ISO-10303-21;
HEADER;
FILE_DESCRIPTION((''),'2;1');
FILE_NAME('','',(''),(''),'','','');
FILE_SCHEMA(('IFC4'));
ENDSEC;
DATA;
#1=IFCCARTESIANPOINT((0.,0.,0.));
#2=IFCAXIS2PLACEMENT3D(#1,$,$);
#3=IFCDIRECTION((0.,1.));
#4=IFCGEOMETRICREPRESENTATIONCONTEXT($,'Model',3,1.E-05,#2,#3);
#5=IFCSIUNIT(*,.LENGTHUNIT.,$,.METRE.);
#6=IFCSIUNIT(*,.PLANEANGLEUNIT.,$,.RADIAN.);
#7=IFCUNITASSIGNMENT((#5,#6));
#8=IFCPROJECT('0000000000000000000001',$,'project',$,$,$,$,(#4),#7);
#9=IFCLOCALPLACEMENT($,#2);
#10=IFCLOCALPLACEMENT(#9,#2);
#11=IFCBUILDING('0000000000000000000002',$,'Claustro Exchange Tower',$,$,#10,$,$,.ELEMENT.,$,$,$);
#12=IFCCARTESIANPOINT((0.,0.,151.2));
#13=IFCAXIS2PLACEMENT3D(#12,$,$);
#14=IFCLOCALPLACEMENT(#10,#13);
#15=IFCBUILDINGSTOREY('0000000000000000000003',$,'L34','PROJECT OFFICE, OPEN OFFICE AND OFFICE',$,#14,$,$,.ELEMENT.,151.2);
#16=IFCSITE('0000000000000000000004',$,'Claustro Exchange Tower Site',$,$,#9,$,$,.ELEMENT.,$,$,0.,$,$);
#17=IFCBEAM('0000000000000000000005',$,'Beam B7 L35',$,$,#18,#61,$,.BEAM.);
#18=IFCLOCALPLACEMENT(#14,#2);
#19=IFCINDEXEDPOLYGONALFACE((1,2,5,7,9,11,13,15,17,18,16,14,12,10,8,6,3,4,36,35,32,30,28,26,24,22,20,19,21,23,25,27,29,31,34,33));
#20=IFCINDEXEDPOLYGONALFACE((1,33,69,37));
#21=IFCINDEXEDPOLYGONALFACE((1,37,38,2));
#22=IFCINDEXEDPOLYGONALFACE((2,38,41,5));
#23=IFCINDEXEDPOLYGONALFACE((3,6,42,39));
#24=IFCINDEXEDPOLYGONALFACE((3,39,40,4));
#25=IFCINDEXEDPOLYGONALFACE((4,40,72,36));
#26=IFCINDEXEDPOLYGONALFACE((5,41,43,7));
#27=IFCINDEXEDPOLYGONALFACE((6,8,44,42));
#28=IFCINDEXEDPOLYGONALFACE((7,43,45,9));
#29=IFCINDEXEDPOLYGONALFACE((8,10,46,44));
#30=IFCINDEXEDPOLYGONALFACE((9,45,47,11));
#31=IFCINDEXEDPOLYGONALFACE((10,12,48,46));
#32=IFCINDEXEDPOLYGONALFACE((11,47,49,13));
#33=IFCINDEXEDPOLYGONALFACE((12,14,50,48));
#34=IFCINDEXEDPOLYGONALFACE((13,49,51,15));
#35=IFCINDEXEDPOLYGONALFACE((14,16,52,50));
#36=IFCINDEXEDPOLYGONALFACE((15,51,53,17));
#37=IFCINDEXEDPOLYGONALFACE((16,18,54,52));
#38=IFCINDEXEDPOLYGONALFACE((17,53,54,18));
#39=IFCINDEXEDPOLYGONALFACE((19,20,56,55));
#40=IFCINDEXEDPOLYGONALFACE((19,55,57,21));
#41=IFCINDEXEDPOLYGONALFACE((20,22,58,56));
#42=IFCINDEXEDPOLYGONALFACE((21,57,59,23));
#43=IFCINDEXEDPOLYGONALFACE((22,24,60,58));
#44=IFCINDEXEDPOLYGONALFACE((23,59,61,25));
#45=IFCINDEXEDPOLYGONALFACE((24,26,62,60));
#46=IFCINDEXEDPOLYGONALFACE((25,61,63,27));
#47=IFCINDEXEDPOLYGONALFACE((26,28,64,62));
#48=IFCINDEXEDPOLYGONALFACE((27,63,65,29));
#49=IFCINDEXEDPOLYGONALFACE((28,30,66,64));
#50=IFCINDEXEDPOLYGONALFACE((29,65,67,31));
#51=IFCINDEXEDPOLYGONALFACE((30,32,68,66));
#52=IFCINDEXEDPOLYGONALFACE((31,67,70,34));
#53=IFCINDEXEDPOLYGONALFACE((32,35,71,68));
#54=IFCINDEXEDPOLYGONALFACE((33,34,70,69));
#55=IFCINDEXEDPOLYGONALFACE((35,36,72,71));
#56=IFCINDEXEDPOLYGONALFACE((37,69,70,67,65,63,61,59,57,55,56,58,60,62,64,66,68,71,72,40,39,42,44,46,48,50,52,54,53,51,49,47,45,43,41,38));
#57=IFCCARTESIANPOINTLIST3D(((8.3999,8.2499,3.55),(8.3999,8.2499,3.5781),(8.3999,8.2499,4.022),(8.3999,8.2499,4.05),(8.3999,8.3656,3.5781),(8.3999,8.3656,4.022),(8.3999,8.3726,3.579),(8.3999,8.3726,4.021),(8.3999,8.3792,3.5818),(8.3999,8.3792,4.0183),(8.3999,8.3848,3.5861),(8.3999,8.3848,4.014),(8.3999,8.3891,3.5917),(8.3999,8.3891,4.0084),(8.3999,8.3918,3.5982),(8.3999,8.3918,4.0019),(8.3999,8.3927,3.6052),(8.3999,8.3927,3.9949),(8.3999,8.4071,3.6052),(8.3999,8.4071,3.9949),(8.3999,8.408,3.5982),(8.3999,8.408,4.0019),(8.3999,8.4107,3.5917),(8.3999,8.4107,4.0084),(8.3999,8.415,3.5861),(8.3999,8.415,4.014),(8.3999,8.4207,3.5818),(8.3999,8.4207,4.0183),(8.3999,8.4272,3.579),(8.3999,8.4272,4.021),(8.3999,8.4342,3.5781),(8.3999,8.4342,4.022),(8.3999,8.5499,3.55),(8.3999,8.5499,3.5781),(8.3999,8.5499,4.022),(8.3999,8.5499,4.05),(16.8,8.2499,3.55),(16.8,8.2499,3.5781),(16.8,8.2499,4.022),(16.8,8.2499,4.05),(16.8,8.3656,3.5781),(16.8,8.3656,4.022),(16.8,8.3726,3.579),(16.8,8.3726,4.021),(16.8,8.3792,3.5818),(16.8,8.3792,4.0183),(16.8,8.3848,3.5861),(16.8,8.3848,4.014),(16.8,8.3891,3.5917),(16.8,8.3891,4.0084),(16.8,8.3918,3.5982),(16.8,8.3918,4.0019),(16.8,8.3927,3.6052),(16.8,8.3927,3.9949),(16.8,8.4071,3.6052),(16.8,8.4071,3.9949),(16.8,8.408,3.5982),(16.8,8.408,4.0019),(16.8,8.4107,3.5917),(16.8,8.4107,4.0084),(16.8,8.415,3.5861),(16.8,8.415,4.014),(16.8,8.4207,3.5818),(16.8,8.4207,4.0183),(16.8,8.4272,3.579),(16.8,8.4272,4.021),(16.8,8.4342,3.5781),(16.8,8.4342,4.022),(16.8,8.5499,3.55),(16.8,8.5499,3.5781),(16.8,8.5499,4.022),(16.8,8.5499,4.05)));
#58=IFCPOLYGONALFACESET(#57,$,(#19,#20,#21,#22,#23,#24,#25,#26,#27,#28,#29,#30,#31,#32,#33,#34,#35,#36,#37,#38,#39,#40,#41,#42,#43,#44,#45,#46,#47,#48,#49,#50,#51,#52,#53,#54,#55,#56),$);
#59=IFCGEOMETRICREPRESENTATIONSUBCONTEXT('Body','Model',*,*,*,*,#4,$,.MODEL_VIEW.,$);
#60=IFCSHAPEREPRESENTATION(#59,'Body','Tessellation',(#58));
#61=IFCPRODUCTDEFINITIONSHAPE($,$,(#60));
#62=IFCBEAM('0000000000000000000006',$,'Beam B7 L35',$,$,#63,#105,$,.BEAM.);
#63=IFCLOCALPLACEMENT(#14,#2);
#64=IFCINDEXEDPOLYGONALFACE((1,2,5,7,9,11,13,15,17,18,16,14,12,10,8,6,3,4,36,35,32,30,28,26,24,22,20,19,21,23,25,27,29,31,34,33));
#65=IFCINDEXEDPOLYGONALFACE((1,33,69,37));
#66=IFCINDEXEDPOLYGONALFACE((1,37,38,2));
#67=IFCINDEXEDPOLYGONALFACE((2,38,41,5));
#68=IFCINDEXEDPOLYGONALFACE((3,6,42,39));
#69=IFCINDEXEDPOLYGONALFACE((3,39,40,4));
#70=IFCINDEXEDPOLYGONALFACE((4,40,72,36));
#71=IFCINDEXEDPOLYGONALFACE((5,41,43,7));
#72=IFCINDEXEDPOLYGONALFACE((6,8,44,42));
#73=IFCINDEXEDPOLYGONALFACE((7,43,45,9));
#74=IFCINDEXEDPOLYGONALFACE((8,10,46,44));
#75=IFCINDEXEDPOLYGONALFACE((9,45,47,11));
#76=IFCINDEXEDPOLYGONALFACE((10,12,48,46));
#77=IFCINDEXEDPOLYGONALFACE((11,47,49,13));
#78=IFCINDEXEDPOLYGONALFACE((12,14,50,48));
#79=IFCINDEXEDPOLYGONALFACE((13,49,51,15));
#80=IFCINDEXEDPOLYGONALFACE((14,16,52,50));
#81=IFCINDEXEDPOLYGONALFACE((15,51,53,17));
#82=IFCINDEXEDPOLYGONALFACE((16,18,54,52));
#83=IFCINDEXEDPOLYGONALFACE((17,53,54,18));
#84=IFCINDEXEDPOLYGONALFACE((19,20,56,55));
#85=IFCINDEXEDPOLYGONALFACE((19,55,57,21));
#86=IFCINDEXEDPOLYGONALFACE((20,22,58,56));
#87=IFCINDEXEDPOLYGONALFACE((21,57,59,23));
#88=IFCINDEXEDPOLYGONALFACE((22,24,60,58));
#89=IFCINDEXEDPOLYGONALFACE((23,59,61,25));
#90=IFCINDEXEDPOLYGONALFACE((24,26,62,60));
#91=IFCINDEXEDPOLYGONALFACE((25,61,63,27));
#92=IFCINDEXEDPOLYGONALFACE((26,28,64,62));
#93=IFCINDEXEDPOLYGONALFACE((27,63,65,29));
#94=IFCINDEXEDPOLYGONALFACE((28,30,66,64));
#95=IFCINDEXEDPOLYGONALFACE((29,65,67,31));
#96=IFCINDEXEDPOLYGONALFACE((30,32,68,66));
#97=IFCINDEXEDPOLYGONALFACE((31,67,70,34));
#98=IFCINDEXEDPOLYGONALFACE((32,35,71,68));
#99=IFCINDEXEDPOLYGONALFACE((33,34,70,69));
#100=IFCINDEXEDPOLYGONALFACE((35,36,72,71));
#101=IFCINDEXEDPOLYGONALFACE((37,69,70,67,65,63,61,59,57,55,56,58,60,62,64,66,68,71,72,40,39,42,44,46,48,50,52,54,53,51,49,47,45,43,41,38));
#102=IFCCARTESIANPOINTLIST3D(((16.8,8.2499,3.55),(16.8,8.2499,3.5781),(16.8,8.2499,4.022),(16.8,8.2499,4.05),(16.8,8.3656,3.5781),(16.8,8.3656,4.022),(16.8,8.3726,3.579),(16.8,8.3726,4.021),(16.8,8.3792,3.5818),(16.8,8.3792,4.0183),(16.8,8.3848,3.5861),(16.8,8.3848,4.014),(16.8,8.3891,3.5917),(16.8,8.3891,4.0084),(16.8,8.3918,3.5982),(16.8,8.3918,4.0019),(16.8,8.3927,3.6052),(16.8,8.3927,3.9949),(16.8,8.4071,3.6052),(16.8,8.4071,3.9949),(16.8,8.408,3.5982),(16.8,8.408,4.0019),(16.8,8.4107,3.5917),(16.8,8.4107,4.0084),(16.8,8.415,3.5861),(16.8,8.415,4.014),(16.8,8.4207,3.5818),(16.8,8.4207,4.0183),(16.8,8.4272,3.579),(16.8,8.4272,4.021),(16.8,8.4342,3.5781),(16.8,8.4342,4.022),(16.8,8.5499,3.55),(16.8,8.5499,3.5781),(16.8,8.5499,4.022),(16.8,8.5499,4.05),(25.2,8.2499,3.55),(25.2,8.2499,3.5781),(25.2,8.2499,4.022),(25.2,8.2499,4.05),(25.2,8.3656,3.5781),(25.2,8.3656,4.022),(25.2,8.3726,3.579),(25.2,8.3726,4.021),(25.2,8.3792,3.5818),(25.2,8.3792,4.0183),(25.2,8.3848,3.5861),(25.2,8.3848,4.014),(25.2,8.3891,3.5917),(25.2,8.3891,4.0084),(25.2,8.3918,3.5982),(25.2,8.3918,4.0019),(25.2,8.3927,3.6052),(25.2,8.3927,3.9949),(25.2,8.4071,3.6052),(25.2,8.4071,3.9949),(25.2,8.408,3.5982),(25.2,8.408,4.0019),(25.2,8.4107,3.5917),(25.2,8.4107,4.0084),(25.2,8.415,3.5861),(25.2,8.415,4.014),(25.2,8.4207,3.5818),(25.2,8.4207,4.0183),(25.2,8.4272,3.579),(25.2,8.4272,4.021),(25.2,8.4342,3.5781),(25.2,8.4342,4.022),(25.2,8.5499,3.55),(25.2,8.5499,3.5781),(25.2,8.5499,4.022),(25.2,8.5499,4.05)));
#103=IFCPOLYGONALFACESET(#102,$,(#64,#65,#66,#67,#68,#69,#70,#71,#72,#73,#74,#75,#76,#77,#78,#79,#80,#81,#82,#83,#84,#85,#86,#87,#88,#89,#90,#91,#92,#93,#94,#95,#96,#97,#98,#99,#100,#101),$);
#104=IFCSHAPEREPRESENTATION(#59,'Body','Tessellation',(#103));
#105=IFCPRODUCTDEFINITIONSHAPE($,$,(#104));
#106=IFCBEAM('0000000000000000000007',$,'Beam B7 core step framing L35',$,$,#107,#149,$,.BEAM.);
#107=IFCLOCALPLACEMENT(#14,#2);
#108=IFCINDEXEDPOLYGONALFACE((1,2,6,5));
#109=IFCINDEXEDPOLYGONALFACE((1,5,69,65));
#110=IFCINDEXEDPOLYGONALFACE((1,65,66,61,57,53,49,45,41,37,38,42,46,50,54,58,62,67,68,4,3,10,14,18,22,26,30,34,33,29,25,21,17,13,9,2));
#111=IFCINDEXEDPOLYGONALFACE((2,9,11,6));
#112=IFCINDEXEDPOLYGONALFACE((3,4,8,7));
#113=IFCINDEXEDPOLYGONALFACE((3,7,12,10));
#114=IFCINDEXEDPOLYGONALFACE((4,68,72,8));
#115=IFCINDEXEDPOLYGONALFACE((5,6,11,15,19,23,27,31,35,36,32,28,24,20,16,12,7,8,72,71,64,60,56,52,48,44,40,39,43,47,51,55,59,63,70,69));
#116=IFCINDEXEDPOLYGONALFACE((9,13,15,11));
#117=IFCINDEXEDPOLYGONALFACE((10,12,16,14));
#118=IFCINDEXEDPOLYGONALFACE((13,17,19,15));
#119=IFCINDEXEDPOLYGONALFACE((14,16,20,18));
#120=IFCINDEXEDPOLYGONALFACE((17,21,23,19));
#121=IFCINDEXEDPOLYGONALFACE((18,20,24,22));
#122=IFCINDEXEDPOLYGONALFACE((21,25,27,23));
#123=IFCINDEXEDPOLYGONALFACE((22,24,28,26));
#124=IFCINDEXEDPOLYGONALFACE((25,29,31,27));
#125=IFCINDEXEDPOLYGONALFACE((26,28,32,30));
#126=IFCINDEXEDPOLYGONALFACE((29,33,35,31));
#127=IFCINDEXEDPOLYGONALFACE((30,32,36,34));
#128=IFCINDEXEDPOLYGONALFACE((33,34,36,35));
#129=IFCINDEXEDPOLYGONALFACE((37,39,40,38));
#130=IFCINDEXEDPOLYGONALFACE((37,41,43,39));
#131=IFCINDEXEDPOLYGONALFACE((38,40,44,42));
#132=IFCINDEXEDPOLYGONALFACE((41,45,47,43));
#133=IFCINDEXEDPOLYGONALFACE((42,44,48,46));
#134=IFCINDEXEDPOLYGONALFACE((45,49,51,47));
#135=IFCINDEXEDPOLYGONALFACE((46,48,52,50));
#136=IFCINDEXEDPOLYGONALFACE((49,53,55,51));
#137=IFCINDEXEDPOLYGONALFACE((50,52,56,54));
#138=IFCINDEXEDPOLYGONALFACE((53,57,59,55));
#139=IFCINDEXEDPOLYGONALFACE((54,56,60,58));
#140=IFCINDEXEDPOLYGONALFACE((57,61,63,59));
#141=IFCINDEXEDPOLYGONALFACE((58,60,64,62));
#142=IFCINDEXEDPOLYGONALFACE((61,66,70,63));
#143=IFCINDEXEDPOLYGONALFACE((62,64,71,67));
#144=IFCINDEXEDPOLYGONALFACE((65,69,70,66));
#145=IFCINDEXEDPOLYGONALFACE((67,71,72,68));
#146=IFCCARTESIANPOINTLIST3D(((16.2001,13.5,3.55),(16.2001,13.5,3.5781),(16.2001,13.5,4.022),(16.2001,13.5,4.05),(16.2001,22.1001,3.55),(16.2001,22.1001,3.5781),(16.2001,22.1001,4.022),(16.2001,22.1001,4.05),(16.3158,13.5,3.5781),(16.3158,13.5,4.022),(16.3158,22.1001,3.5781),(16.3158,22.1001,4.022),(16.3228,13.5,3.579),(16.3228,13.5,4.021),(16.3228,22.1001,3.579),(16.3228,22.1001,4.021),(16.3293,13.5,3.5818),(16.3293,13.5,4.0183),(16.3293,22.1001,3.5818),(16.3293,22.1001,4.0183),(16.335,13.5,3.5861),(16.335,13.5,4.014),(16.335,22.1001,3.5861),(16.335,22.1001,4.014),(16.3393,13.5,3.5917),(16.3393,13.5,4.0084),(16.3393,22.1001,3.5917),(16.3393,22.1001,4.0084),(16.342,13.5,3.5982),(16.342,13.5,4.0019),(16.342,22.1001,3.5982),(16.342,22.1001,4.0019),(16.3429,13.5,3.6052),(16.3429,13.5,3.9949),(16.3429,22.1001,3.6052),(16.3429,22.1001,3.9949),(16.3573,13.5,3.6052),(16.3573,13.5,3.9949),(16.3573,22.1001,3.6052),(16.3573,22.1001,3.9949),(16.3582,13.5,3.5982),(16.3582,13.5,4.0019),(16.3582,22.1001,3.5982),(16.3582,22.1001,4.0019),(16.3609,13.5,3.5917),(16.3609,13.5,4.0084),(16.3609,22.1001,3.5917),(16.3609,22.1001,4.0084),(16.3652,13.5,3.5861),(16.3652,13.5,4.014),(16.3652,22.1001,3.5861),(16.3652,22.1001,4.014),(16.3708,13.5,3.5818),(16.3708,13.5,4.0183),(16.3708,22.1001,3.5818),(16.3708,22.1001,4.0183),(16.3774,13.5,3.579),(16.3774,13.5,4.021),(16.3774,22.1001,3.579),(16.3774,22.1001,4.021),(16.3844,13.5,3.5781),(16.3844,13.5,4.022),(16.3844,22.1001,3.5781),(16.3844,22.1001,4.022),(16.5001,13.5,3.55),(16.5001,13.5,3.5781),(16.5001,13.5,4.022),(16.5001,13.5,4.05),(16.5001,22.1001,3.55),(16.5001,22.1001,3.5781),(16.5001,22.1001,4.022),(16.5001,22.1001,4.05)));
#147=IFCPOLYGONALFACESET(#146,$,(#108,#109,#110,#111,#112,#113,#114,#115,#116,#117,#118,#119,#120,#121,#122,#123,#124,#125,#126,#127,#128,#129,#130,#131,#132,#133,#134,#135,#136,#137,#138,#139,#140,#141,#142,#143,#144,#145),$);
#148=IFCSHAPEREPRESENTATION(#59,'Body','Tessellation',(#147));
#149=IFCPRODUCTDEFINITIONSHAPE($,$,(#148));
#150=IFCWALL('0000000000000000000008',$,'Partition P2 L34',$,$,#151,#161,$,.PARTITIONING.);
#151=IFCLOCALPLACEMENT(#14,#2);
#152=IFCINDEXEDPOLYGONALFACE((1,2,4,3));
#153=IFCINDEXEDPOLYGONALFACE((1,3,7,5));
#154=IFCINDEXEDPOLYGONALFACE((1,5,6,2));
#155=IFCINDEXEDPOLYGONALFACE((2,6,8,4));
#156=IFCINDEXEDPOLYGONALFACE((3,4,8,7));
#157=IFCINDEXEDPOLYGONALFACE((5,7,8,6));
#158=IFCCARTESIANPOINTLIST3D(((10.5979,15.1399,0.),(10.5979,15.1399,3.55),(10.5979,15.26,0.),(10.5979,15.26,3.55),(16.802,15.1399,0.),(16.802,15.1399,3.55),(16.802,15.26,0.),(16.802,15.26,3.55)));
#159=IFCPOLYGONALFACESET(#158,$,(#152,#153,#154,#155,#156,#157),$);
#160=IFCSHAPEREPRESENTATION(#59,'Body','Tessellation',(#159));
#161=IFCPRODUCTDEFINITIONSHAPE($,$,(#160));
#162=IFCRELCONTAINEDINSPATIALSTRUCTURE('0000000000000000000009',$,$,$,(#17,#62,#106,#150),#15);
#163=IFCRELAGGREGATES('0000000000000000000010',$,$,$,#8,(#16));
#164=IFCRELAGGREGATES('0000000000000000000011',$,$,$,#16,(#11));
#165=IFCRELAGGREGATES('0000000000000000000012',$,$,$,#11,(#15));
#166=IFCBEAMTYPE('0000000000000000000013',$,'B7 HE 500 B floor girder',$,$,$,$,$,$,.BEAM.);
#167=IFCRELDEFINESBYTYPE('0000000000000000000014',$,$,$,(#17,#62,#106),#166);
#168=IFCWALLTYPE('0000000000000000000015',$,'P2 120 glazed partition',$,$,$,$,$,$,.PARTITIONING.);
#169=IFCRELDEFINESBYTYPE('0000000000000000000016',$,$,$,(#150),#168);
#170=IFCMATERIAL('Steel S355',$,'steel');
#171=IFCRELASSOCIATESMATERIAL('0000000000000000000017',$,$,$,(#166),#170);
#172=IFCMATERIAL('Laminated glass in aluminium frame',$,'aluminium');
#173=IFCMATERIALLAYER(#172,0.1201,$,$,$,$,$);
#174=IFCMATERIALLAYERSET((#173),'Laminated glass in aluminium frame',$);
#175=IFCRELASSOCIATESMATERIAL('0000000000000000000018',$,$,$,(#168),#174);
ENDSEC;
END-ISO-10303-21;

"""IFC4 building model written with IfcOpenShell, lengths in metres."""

from ifc_helpers import new_model, si_unit, direction, frame, frame_2d, origin, origin_2d, place, context, subcontext, project, spatial, rectangle, i_section, extrude, material, layer, layer_set, material_profile, profile_set, type_object, element, save


model = new_model("IFC4")

# Units and contexts
model_context = context("Model", 3, precision=1e-05, world=origin(), true_north=direction((0.0, 1.0)))
body_context = subcontext(model_context, "Body", "Model", "MODEL_VIEW")
ifc_project = project(units=[si_unit("LENGTHUNIT", "METRE"), si_unit("PLANEANGLEUNIT", "RADIAN")], contexts=[model_context])

# Site, building, storey
site_placement = place(None, origin())
site = spatial("IfcSite", under=ifc_project, at=site_placement, Name="Claustro Exchange Tower Site", CompositionType="ELEMENT", RefElevation=0.0)
building_placement = place(site_placement, origin())
building = spatial("IfcBuilding", under=site, at=building_placement, Name="Claustro Exchange Tower", CompositionType="ELEMENT")
storey_placement = place(building_placement, frame((0.0, 0.0, 151.2)))
storey = spatial("IfcBuildingStorey", under=building, at=storey_placement, Name="L34", Description="PROJECT OFFICE, OPEN OFFICE AND OFFICE", CompositionType="ELEMENT", Elevation=151.2)

# Beams
ifc_material_1 = material(Name="Steel S355", Category="steel")
ifc_material_profile_1 = material_profile(ifc_material_1, i_section(OverallWidth=0.3, OverallDepth=0.5, WebThickness=0.0144, FlangeThickness=0.0281, FilletRadius=0.0271, at=origin_2d()), Name="HE 500 B")
ifc_profile_set_1 = profile_set([ifc_material_profile_1], Name="Steel S355")
beam_type_1 = type_object("IfcBeamType", Name="B7 HE 500 B floor girder", PredefinedType="BEAM", material=ifc_profile_set_1)
beam_1_placement = place(storey_placement, frame((8.3999, 8.3999, 3.8), z_axis=(1.0, 0.0, 0.0), x_axis=(0.0, 1.0, 0.0)))
element("IfcBeam", 1, at=beam_1_placement, inside=storey, type_object=beam_type_1, Name="Beam B7 L35", PredefinedType="BEAM", context=body_context, shape_type="SweptSolid", body=[
    extrude(i_section(OverallWidth=0.3, OverallDepth=0.5, WebThickness=0.0144, FlangeThickness=0.0281, FilletRadius=0.0271, at=origin_2d()), origin(), (0.0, 0.0, 1.0), 8.4001),
])
beam_2_placement = place(storey_placement, frame((16.8, 8.3999, 3.8), z_axis=(1.0, 0.0, 0.0), x_axis=(0.0, 1.0, 0.0)))
element("IfcBeam", 2, at=beam_2_placement, inside=storey, type_object=beam_type_1, Name="Beam B7 L35", PredefinedType="BEAM", context=body_context, shape_type="SweptSolid", body=[
    extrude(i_section(OverallWidth=0.3, OverallDepth=0.5, WebThickness=0.0144, FlangeThickness=0.0281, FilletRadius=0.0271, at=origin_2d()), origin(), (0.0, 0.0, 1.0), 8.3999),
])
beam_3_placement = place(storey_placement, frame((16.3501, 13.5, 3.8), z_axis=(0.0, 1.0, 0.0), x_axis=(-1.0, 0.0, 0.0)))
element("IfcBeam", 3, at=beam_3_placement, inside=storey, type_object=beam_type_1, Name="Beam B7 core step framing L35", PredefinedType="BEAM", context=body_context, shape_type="SweptSolid", body=[
    extrude(i_section(OverallWidth=0.3, OverallDepth=0.5, WebThickness=0.0144, FlangeThickness=0.0281, FilletRadius=0.0271, at=origin_2d()), origin(), (0.0, 0.0, 1.0), 8.6001),
])

# Wall
ifc_material_2 = material(Name="Laminated glass in aluminium frame", Category="aluminium")
ifc_layer_1 = layer(ifc_material_2, 0.1201)
ifc_layer_set_1 = layer_set([ifc_layer_1], Name="Laminated glass in aluminium frame")
wall_type_1 = type_object("IfcWallType", Name="P2 120 glazed partition", PredefinedType="PARTITIONING", material=ifc_layer_set_1)
wall_1_placement = place(storey_placement, frame((10.5979, 15.2, 0.0), z_axis=(0.0, 0.0, 1.0), x_axis=(1.0, 0.0, 0.0)))
element("IfcWall", 4, at=wall_1_placement, inside=storey, type_object=wall_type_1, Name="Partition P2 L34", PredefinedType="PARTITIONING", context=body_context, shape_type="SweptSolid", body=[
    extrude(rectangle(XDim=6.2041, YDim=0.1201, at=frame_2d((3.1021, 0.0))), origin(), (0.0, 0.0, 1.0), 3.55),
])

save(model, "model.ifc")
